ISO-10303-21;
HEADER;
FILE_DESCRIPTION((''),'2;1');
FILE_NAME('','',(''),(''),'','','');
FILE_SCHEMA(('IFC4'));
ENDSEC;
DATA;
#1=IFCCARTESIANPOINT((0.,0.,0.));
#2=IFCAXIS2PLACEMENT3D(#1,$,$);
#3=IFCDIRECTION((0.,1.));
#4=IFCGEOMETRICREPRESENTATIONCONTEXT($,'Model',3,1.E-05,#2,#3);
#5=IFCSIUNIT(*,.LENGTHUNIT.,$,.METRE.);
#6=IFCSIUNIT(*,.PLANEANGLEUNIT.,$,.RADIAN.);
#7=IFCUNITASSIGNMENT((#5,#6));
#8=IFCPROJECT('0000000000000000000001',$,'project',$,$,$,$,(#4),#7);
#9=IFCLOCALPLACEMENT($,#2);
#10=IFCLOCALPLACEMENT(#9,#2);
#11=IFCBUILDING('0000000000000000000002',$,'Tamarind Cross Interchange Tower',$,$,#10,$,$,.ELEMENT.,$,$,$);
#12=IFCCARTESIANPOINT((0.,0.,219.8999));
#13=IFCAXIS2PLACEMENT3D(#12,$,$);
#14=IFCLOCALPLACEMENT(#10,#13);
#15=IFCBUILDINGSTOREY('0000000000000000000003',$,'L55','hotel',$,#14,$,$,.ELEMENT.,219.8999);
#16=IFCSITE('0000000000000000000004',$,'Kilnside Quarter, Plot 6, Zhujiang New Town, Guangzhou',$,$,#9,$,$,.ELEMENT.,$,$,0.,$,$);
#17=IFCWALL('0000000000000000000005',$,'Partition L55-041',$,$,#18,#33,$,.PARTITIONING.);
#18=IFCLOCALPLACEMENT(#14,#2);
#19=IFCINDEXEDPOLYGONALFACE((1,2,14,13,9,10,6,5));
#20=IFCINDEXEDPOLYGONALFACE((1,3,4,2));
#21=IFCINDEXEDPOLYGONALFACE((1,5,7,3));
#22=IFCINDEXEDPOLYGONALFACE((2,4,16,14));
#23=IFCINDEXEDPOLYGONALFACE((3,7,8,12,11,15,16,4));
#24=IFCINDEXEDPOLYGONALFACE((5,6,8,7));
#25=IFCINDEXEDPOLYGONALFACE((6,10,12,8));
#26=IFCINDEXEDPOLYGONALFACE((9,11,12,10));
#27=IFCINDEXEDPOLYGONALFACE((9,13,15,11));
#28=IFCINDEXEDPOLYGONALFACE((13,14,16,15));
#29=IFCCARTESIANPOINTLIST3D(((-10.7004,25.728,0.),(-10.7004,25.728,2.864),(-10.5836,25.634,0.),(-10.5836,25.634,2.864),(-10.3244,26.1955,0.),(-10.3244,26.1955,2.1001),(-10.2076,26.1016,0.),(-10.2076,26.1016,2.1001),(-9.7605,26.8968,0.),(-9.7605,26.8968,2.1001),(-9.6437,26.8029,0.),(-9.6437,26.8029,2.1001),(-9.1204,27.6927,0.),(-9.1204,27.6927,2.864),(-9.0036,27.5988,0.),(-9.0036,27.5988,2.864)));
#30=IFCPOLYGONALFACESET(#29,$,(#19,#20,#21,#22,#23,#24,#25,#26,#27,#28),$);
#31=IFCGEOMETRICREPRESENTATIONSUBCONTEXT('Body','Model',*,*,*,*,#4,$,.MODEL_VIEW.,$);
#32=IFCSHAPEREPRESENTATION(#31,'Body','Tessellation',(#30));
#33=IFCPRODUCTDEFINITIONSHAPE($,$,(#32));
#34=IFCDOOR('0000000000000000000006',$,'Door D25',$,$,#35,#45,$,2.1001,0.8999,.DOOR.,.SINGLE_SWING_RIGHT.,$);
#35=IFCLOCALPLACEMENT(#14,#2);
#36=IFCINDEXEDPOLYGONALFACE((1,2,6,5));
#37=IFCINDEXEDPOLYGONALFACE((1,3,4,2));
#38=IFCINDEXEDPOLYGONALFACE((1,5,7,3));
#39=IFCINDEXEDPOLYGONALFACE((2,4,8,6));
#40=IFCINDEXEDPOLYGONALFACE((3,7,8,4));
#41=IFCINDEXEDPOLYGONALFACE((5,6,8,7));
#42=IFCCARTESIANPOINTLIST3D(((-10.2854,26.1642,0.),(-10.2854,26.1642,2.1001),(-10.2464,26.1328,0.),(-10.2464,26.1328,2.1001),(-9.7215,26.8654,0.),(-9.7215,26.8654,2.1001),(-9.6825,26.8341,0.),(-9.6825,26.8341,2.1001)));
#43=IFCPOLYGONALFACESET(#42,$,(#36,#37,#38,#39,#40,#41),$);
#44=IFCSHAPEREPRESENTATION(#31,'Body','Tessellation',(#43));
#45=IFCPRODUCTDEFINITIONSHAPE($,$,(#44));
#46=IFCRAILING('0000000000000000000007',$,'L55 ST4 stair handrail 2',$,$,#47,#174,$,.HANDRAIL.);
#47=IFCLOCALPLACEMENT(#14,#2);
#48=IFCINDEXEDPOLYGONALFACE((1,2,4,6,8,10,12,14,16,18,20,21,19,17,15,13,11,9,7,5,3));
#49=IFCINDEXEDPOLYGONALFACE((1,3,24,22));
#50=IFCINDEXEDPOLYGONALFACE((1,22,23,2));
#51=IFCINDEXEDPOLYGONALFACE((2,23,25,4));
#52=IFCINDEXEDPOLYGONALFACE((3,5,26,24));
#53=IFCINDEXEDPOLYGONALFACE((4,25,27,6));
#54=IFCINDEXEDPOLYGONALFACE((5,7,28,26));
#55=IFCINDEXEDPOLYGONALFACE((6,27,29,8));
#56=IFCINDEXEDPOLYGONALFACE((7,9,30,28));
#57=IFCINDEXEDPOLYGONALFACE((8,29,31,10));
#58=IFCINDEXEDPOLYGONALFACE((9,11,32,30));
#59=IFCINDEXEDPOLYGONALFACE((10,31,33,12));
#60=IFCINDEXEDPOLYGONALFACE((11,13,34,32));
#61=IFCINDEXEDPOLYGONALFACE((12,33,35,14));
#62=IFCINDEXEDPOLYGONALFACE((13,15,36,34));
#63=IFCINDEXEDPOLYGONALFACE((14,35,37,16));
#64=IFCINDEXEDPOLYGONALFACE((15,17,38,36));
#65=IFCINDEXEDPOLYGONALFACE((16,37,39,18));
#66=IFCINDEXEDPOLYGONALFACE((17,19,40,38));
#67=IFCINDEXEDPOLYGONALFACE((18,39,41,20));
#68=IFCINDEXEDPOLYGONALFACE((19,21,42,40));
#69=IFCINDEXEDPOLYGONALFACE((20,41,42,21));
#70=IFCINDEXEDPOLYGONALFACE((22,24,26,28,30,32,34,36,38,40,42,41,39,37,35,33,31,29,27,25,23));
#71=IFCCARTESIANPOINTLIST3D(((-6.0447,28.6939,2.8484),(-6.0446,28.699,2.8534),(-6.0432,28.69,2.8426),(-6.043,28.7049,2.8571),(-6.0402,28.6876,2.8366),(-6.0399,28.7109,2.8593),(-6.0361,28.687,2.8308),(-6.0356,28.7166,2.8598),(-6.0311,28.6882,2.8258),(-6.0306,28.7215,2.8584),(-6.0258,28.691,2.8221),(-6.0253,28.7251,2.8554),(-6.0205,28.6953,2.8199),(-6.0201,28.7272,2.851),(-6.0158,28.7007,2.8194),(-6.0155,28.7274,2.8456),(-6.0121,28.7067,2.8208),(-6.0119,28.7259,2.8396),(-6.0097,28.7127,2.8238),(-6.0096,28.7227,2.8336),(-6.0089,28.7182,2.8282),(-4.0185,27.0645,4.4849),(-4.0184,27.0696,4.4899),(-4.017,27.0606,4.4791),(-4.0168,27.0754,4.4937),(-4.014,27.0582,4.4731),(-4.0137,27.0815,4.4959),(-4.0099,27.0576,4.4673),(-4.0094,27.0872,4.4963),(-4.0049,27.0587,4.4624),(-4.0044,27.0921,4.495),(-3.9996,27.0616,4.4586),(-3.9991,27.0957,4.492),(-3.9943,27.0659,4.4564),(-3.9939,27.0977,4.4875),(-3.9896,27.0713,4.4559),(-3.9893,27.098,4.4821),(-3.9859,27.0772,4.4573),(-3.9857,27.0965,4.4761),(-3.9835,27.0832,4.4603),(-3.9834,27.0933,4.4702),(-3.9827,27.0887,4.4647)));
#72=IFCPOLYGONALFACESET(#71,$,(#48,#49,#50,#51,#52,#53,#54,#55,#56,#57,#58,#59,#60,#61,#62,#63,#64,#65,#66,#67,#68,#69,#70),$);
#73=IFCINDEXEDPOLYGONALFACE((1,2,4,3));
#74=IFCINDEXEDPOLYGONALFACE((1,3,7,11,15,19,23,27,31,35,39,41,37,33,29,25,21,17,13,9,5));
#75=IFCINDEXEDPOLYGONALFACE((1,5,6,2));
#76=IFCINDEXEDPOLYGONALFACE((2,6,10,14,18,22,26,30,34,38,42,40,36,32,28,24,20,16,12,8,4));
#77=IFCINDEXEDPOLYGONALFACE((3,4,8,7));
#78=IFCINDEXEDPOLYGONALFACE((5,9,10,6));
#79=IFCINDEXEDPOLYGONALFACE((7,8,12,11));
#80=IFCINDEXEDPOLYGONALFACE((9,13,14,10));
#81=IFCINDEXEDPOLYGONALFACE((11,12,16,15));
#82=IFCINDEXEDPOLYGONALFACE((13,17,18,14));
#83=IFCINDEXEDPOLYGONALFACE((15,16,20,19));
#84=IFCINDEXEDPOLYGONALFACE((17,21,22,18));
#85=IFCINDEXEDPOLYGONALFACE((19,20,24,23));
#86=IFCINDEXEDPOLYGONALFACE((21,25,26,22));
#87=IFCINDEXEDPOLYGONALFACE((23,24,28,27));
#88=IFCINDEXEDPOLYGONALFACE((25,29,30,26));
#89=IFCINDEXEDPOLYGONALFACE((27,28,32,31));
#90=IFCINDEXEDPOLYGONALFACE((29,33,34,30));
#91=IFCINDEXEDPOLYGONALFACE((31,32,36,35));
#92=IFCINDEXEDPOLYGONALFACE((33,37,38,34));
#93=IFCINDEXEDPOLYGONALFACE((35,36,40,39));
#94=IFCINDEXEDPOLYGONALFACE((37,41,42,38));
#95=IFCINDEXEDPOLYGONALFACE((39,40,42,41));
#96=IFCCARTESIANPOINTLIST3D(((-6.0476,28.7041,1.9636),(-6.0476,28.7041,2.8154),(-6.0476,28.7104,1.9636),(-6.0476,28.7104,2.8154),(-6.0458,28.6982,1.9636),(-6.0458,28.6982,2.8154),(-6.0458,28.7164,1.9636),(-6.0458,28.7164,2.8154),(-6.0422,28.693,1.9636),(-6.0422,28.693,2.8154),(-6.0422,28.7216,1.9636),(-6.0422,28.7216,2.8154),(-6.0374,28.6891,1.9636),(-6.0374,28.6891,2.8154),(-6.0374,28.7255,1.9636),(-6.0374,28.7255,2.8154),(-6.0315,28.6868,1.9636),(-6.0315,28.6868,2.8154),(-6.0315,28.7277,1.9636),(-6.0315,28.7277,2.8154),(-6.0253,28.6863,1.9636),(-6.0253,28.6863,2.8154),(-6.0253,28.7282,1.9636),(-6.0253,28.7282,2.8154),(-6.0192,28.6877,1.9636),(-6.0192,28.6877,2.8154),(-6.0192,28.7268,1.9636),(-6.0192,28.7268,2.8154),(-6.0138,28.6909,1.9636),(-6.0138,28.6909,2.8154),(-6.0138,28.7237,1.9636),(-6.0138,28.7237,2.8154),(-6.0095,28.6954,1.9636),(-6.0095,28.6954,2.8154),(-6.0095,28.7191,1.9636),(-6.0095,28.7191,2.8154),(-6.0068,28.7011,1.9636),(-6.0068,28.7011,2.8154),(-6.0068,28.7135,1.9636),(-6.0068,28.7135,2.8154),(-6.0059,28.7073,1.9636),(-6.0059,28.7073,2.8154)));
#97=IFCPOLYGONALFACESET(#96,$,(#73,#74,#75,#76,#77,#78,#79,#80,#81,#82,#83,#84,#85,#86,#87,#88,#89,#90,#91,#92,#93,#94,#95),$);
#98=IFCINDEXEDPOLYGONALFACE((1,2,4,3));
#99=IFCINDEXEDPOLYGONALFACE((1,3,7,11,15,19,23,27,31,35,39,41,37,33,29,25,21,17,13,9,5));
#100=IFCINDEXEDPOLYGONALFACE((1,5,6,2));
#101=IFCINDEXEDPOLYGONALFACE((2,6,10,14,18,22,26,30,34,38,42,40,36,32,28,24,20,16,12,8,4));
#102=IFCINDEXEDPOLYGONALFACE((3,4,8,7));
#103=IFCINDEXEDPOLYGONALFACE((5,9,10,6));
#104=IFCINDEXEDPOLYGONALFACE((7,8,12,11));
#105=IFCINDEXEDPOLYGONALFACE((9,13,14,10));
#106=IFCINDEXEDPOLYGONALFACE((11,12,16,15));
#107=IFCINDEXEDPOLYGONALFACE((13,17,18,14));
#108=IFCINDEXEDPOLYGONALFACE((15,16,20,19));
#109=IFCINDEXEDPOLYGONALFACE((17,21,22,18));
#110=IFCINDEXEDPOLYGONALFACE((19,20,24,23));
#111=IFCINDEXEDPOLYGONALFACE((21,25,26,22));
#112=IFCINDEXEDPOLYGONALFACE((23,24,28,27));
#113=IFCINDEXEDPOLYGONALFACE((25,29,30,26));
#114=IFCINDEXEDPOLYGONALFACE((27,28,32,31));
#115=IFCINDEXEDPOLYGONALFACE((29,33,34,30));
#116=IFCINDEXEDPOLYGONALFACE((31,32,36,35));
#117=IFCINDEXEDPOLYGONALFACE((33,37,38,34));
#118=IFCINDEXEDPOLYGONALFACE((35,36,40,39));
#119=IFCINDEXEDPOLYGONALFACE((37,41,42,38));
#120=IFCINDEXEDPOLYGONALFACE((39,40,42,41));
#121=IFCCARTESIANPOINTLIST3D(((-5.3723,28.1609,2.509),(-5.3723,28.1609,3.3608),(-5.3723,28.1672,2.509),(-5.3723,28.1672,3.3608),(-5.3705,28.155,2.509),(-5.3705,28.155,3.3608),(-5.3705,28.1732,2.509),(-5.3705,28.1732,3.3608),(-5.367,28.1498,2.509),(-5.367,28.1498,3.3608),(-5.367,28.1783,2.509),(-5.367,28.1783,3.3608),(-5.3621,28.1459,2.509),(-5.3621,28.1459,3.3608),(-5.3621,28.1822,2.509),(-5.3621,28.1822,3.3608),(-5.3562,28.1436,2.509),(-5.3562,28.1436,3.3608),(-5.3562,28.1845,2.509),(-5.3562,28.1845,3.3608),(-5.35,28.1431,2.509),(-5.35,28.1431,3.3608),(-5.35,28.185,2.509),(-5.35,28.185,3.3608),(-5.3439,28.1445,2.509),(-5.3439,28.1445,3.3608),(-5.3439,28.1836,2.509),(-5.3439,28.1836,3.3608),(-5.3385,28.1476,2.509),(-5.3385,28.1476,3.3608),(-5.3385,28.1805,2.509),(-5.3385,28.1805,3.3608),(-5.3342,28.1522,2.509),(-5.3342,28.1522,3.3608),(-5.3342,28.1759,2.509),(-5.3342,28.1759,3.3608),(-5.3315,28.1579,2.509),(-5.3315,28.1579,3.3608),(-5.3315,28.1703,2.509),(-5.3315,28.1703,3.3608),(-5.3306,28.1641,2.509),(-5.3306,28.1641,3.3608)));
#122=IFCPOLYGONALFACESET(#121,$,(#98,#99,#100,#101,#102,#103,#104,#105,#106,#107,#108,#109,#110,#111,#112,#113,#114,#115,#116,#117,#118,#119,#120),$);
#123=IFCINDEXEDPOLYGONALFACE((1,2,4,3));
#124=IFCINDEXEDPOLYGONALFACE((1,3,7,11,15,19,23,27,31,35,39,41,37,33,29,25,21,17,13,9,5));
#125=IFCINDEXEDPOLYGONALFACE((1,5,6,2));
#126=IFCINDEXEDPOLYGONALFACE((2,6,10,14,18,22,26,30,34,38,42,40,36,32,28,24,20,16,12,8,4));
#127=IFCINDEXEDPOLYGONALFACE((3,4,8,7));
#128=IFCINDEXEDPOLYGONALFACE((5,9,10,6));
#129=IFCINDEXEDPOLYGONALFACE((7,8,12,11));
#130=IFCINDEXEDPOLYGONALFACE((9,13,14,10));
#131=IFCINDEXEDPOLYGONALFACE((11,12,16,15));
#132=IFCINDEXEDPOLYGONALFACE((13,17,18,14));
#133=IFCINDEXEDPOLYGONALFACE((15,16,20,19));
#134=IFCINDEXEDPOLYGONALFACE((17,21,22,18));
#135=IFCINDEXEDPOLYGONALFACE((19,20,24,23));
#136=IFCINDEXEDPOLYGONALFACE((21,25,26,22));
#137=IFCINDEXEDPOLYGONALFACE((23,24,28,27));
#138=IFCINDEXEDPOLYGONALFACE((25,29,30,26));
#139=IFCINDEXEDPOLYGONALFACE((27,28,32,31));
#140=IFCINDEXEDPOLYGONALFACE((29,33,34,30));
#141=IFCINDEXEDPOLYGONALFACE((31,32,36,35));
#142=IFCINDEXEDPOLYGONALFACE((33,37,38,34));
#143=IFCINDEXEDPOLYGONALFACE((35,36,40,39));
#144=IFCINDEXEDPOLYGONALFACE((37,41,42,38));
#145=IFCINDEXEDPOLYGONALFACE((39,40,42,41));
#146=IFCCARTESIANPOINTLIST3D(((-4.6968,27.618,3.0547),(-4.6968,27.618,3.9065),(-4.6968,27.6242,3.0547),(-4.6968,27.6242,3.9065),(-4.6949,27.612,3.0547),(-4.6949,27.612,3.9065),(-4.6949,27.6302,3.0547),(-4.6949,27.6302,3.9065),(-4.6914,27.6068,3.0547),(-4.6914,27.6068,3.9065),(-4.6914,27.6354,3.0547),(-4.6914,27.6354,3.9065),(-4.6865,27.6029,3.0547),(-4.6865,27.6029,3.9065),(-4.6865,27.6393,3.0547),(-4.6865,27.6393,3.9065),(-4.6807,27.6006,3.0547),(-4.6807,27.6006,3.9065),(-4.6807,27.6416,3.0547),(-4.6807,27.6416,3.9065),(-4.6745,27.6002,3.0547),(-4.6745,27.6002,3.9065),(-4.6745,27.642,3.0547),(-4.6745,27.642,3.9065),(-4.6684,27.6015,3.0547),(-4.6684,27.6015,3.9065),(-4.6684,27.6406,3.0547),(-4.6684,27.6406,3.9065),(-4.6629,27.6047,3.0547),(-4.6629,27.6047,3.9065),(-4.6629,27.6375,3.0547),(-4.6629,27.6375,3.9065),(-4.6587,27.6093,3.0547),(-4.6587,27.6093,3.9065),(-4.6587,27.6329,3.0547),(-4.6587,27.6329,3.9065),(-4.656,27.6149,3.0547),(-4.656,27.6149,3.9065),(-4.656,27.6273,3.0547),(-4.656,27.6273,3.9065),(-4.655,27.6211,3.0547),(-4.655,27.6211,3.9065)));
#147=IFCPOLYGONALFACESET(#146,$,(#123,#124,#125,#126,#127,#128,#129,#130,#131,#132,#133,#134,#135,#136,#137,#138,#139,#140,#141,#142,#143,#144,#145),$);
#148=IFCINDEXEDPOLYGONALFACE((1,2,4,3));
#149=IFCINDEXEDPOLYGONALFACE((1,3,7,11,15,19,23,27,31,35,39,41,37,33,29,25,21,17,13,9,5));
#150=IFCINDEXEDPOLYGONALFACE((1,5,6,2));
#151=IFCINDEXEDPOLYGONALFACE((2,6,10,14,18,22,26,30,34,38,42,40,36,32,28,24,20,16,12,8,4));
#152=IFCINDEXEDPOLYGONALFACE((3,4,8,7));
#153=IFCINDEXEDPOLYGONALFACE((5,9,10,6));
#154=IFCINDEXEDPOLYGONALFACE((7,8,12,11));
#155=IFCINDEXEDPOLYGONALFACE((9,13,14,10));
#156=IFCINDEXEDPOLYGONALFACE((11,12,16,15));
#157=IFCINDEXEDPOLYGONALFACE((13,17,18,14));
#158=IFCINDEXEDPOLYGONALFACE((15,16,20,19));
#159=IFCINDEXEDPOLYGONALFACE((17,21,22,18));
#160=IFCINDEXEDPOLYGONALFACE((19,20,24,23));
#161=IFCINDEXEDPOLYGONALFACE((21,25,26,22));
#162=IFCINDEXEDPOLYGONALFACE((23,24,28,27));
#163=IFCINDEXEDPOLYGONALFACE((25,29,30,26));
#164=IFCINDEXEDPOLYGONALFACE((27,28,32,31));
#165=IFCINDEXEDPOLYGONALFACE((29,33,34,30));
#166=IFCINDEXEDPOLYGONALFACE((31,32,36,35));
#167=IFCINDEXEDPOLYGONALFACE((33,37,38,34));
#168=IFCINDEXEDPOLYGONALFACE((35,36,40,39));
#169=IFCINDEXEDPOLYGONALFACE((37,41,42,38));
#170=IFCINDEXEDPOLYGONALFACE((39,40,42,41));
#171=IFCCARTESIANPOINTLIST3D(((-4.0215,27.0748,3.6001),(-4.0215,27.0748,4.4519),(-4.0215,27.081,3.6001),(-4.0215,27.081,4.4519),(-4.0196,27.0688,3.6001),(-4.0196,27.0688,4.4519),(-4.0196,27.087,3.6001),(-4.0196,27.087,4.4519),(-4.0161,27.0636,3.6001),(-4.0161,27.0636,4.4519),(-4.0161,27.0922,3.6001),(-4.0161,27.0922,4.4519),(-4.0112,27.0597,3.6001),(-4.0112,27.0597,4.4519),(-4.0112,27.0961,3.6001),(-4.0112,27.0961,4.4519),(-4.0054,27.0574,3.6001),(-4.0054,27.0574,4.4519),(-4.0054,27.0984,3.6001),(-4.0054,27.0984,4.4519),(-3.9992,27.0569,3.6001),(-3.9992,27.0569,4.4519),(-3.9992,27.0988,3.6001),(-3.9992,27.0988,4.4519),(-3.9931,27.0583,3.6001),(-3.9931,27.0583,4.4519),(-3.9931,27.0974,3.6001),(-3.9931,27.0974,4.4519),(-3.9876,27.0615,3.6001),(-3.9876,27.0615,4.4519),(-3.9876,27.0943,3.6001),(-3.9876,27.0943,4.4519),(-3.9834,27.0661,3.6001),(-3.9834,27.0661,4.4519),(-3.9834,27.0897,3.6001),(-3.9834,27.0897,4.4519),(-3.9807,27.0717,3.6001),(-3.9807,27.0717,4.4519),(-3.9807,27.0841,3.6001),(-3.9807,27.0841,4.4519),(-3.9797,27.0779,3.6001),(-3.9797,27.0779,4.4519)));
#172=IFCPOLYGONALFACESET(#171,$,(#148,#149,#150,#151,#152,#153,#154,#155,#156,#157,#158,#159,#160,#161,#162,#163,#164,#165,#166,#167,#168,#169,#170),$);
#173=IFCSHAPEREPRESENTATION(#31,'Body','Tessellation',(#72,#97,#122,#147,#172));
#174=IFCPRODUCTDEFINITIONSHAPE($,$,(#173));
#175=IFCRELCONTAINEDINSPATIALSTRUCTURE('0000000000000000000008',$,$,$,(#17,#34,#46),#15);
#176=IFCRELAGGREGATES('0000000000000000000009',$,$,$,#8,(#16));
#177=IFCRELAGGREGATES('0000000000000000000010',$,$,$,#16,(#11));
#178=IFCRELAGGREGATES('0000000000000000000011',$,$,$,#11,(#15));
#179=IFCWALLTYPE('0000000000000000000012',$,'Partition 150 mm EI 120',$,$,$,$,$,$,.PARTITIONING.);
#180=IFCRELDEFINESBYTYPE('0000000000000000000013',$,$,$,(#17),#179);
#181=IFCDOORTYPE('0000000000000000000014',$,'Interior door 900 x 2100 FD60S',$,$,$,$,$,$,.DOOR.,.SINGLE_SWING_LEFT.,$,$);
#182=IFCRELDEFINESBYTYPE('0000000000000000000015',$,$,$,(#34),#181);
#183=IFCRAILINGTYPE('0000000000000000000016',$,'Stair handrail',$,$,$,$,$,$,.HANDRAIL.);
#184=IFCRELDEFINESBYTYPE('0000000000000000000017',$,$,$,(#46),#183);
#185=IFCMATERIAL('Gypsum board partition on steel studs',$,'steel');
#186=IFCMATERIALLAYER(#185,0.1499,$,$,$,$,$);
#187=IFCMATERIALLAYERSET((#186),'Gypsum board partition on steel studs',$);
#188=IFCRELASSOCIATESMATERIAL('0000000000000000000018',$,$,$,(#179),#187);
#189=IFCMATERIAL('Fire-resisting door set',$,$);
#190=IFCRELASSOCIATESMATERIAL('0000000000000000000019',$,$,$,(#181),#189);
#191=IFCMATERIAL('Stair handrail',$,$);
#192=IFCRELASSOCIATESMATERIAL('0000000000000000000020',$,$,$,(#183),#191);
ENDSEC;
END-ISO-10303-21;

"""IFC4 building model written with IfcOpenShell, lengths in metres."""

from ifc_helpers import new_model, si_unit, direction, frame, frame_2d, origin, origin_2d, place, context, subcontext, project, spatial, rectangle, circle, extrude, material, layer, layer_set, type_object, element, fill, save


model = new_model("IFC4")

# Units and contexts
model_context = context("Model", 3, precision=1e-05, world=origin(), true_north=direction((0.0, 1.0)))
body_context = subcontext(model_context, "Body", "Model", "MODEL_VIEW")
ifc_project = project(units=[si_unit("LENGTHUNIT", "METRE"), si_unit("PLANEANGLEUNIT", "RADIAN")], contexts=[model_context])

# Site, building, storey
site_placement = place(None, origin())
site = spatial("IfcSite", under=ifc_project, at=site_placement, Name="Kilnside Quarter, Plot 6, Zhujiang New Town, Guangzhou", CompositionType="ELEMENT", RefElevation=0.0)
building_placement = place(site_placement, origin())
building = spatial("IfcBuilding", under=site, at=building_placement, Name="Tamarind Cross Interchange Tower", CompositionType="ELEMENT")
storey_placement = place(building_placement, frame((0.0, 0.0, 219.8999)))
storey = spatial("IfcBuildingStorey", under=building, at=storey_placement, Name="L55", Description="hotel", CompositionType="ELEMENT", Elevation=219.8999)

# Shared definitions
ifc_material_1 = material(Name="Gypsum board partition on steel studs", Category="steel")
ifc_layer_1 = layer(ifc_material_1, 0.1499)
ifc_layer_set_1 = layer_set([ifc_layer_1], Name="Gypsum board partition on steel studs")
wall_type = type_object("IfcWallType", Name="Partition 150 mm EI 120", PredefinedType="PARTITIONING", material=ifc_layer_set_1)

# Wall, opening, door
ifc_material_2 = material(Name="Fire-resisting door set")
door_type_1 = type_object("IfcDoorType", Name="Interior door 900 x 2100 FD60S", OperationType="SINGLE_SWING_LEFT", PredefinedType="DOOR", material=ifc_material_2)
wall_1_placement = place(storey_placement, frame((-10.6421, 25.6809, 0.0), z_axis=(0.0, 0.0, 1.0), x_axis=(0.626677, 0.779279, 0.0)))
wall_1 = element("IfcWall", 1, at=wall_1_placement, inside=storey, type_object=wall_type, Name="Partition L55-041", PredefinedType="PARTITIONING", context=body_context, shape_type="SweptSolid", body=[
    extrude(rectangle(XDim=2.5212, YDim=0.1499, at=frame_2d((1.2607, 0.0))), origin(), (0.0, 0.0, 1.0), 2.864),
])
opening_1_placement = place(wall_1_placement, frame((0.6001, 0.0, 0.0)))
opening_1 = element("IfcOpeningElement", 2, at=opening_1_placement, cuts=wall_1, PredefinedType="OPENING", context=body_context, shape_type="SweptSolid", body=[
    extrude(rectangle(XDim=0.8999, YDim=2.1001, at=frame_2d((0.45, 1.05))), frame((0.0, 0.085, 0.0), z_axis=(0.0, -1.0, 0.0), x_axis=(1.0, 0.0, 0.0)), (0.0, 0.0, 1.0), 0.1699),
])
door_1_placement = place(opening_1_placement, origin())
door_1 = element("IfcDoor", 3, at=door_1_placement, inside=storey, type_object=door_type_1, Name="Door D25", OperationType="SINGLE_SWING_RIGHT", OverallHeight=2.1001, OverallWidth=0.8999, PredefinedType="DOOR", context=body_context, shape_type="SweptSolid", body=[
    extrude(rectangle(XDim=0.8999, YDim=2.1001, at=frame_2d((0.45, 1.05))), frame((0.0, 0.0249, 0.0), z_axis=(0.0, -1.0, 0.0), x_axis=(1.0, 0.0, 0.0)), (0.0, 0.0, 1.0), 0.05),
])
fill(opening_1, door_1)

# Railing
ifc_material_3 = material(Name="Stair handrail")
railing_type = type_object("IfcRailingType", Name="Stair handrail", PredefinedType="HANDRAIL", material=ifc_material_3)
railing_placement = place(storey_placement, frame((-6.0269, 28.7073, 1.9636)))
element("IfcRailing", 4, at=railing_placement, inside=storey, type_object=railing_type, Name="L55 ST4 stair handrail 2", PredefinedType="HANDRAIL", context=body_context, shape_type="SweptSolid", body=[
    extrude(circle(Radius=0.0239, at=origin_2d()), frame((0.0, 0.0, 0.876), z_axis=(0.659511, -0.530375, 0.532679), x_axis=(0.626686, 0.779272, 0.0)), (0.0, 0.0, 1.0), 3.0723),
    extrude(circle(Radius=0.021, at=origin_2d()), origin(), (0.0, 0.0, 1.0), 0.8518),
    extrude(circle(Radius=0.021, at=origin_2d()), frame((0.6753, -0.5432, 0.5454)), (0.0, 0.0, 1.0), 0.8518),
    extrude(circle(Radius=0.021, at=origin_2d()), frame((1.3508, -1.0862, 1.0911)), (0.0, 0.0, 1.0), 0.8518),
    extrude(circle(Radius=0.021, at=origin_2d()), frame((2.0261, -1.6294, 1.6365)), (0.0, 0.0, 1.0), 0.8518),
])

save(model, "model.ifc")
